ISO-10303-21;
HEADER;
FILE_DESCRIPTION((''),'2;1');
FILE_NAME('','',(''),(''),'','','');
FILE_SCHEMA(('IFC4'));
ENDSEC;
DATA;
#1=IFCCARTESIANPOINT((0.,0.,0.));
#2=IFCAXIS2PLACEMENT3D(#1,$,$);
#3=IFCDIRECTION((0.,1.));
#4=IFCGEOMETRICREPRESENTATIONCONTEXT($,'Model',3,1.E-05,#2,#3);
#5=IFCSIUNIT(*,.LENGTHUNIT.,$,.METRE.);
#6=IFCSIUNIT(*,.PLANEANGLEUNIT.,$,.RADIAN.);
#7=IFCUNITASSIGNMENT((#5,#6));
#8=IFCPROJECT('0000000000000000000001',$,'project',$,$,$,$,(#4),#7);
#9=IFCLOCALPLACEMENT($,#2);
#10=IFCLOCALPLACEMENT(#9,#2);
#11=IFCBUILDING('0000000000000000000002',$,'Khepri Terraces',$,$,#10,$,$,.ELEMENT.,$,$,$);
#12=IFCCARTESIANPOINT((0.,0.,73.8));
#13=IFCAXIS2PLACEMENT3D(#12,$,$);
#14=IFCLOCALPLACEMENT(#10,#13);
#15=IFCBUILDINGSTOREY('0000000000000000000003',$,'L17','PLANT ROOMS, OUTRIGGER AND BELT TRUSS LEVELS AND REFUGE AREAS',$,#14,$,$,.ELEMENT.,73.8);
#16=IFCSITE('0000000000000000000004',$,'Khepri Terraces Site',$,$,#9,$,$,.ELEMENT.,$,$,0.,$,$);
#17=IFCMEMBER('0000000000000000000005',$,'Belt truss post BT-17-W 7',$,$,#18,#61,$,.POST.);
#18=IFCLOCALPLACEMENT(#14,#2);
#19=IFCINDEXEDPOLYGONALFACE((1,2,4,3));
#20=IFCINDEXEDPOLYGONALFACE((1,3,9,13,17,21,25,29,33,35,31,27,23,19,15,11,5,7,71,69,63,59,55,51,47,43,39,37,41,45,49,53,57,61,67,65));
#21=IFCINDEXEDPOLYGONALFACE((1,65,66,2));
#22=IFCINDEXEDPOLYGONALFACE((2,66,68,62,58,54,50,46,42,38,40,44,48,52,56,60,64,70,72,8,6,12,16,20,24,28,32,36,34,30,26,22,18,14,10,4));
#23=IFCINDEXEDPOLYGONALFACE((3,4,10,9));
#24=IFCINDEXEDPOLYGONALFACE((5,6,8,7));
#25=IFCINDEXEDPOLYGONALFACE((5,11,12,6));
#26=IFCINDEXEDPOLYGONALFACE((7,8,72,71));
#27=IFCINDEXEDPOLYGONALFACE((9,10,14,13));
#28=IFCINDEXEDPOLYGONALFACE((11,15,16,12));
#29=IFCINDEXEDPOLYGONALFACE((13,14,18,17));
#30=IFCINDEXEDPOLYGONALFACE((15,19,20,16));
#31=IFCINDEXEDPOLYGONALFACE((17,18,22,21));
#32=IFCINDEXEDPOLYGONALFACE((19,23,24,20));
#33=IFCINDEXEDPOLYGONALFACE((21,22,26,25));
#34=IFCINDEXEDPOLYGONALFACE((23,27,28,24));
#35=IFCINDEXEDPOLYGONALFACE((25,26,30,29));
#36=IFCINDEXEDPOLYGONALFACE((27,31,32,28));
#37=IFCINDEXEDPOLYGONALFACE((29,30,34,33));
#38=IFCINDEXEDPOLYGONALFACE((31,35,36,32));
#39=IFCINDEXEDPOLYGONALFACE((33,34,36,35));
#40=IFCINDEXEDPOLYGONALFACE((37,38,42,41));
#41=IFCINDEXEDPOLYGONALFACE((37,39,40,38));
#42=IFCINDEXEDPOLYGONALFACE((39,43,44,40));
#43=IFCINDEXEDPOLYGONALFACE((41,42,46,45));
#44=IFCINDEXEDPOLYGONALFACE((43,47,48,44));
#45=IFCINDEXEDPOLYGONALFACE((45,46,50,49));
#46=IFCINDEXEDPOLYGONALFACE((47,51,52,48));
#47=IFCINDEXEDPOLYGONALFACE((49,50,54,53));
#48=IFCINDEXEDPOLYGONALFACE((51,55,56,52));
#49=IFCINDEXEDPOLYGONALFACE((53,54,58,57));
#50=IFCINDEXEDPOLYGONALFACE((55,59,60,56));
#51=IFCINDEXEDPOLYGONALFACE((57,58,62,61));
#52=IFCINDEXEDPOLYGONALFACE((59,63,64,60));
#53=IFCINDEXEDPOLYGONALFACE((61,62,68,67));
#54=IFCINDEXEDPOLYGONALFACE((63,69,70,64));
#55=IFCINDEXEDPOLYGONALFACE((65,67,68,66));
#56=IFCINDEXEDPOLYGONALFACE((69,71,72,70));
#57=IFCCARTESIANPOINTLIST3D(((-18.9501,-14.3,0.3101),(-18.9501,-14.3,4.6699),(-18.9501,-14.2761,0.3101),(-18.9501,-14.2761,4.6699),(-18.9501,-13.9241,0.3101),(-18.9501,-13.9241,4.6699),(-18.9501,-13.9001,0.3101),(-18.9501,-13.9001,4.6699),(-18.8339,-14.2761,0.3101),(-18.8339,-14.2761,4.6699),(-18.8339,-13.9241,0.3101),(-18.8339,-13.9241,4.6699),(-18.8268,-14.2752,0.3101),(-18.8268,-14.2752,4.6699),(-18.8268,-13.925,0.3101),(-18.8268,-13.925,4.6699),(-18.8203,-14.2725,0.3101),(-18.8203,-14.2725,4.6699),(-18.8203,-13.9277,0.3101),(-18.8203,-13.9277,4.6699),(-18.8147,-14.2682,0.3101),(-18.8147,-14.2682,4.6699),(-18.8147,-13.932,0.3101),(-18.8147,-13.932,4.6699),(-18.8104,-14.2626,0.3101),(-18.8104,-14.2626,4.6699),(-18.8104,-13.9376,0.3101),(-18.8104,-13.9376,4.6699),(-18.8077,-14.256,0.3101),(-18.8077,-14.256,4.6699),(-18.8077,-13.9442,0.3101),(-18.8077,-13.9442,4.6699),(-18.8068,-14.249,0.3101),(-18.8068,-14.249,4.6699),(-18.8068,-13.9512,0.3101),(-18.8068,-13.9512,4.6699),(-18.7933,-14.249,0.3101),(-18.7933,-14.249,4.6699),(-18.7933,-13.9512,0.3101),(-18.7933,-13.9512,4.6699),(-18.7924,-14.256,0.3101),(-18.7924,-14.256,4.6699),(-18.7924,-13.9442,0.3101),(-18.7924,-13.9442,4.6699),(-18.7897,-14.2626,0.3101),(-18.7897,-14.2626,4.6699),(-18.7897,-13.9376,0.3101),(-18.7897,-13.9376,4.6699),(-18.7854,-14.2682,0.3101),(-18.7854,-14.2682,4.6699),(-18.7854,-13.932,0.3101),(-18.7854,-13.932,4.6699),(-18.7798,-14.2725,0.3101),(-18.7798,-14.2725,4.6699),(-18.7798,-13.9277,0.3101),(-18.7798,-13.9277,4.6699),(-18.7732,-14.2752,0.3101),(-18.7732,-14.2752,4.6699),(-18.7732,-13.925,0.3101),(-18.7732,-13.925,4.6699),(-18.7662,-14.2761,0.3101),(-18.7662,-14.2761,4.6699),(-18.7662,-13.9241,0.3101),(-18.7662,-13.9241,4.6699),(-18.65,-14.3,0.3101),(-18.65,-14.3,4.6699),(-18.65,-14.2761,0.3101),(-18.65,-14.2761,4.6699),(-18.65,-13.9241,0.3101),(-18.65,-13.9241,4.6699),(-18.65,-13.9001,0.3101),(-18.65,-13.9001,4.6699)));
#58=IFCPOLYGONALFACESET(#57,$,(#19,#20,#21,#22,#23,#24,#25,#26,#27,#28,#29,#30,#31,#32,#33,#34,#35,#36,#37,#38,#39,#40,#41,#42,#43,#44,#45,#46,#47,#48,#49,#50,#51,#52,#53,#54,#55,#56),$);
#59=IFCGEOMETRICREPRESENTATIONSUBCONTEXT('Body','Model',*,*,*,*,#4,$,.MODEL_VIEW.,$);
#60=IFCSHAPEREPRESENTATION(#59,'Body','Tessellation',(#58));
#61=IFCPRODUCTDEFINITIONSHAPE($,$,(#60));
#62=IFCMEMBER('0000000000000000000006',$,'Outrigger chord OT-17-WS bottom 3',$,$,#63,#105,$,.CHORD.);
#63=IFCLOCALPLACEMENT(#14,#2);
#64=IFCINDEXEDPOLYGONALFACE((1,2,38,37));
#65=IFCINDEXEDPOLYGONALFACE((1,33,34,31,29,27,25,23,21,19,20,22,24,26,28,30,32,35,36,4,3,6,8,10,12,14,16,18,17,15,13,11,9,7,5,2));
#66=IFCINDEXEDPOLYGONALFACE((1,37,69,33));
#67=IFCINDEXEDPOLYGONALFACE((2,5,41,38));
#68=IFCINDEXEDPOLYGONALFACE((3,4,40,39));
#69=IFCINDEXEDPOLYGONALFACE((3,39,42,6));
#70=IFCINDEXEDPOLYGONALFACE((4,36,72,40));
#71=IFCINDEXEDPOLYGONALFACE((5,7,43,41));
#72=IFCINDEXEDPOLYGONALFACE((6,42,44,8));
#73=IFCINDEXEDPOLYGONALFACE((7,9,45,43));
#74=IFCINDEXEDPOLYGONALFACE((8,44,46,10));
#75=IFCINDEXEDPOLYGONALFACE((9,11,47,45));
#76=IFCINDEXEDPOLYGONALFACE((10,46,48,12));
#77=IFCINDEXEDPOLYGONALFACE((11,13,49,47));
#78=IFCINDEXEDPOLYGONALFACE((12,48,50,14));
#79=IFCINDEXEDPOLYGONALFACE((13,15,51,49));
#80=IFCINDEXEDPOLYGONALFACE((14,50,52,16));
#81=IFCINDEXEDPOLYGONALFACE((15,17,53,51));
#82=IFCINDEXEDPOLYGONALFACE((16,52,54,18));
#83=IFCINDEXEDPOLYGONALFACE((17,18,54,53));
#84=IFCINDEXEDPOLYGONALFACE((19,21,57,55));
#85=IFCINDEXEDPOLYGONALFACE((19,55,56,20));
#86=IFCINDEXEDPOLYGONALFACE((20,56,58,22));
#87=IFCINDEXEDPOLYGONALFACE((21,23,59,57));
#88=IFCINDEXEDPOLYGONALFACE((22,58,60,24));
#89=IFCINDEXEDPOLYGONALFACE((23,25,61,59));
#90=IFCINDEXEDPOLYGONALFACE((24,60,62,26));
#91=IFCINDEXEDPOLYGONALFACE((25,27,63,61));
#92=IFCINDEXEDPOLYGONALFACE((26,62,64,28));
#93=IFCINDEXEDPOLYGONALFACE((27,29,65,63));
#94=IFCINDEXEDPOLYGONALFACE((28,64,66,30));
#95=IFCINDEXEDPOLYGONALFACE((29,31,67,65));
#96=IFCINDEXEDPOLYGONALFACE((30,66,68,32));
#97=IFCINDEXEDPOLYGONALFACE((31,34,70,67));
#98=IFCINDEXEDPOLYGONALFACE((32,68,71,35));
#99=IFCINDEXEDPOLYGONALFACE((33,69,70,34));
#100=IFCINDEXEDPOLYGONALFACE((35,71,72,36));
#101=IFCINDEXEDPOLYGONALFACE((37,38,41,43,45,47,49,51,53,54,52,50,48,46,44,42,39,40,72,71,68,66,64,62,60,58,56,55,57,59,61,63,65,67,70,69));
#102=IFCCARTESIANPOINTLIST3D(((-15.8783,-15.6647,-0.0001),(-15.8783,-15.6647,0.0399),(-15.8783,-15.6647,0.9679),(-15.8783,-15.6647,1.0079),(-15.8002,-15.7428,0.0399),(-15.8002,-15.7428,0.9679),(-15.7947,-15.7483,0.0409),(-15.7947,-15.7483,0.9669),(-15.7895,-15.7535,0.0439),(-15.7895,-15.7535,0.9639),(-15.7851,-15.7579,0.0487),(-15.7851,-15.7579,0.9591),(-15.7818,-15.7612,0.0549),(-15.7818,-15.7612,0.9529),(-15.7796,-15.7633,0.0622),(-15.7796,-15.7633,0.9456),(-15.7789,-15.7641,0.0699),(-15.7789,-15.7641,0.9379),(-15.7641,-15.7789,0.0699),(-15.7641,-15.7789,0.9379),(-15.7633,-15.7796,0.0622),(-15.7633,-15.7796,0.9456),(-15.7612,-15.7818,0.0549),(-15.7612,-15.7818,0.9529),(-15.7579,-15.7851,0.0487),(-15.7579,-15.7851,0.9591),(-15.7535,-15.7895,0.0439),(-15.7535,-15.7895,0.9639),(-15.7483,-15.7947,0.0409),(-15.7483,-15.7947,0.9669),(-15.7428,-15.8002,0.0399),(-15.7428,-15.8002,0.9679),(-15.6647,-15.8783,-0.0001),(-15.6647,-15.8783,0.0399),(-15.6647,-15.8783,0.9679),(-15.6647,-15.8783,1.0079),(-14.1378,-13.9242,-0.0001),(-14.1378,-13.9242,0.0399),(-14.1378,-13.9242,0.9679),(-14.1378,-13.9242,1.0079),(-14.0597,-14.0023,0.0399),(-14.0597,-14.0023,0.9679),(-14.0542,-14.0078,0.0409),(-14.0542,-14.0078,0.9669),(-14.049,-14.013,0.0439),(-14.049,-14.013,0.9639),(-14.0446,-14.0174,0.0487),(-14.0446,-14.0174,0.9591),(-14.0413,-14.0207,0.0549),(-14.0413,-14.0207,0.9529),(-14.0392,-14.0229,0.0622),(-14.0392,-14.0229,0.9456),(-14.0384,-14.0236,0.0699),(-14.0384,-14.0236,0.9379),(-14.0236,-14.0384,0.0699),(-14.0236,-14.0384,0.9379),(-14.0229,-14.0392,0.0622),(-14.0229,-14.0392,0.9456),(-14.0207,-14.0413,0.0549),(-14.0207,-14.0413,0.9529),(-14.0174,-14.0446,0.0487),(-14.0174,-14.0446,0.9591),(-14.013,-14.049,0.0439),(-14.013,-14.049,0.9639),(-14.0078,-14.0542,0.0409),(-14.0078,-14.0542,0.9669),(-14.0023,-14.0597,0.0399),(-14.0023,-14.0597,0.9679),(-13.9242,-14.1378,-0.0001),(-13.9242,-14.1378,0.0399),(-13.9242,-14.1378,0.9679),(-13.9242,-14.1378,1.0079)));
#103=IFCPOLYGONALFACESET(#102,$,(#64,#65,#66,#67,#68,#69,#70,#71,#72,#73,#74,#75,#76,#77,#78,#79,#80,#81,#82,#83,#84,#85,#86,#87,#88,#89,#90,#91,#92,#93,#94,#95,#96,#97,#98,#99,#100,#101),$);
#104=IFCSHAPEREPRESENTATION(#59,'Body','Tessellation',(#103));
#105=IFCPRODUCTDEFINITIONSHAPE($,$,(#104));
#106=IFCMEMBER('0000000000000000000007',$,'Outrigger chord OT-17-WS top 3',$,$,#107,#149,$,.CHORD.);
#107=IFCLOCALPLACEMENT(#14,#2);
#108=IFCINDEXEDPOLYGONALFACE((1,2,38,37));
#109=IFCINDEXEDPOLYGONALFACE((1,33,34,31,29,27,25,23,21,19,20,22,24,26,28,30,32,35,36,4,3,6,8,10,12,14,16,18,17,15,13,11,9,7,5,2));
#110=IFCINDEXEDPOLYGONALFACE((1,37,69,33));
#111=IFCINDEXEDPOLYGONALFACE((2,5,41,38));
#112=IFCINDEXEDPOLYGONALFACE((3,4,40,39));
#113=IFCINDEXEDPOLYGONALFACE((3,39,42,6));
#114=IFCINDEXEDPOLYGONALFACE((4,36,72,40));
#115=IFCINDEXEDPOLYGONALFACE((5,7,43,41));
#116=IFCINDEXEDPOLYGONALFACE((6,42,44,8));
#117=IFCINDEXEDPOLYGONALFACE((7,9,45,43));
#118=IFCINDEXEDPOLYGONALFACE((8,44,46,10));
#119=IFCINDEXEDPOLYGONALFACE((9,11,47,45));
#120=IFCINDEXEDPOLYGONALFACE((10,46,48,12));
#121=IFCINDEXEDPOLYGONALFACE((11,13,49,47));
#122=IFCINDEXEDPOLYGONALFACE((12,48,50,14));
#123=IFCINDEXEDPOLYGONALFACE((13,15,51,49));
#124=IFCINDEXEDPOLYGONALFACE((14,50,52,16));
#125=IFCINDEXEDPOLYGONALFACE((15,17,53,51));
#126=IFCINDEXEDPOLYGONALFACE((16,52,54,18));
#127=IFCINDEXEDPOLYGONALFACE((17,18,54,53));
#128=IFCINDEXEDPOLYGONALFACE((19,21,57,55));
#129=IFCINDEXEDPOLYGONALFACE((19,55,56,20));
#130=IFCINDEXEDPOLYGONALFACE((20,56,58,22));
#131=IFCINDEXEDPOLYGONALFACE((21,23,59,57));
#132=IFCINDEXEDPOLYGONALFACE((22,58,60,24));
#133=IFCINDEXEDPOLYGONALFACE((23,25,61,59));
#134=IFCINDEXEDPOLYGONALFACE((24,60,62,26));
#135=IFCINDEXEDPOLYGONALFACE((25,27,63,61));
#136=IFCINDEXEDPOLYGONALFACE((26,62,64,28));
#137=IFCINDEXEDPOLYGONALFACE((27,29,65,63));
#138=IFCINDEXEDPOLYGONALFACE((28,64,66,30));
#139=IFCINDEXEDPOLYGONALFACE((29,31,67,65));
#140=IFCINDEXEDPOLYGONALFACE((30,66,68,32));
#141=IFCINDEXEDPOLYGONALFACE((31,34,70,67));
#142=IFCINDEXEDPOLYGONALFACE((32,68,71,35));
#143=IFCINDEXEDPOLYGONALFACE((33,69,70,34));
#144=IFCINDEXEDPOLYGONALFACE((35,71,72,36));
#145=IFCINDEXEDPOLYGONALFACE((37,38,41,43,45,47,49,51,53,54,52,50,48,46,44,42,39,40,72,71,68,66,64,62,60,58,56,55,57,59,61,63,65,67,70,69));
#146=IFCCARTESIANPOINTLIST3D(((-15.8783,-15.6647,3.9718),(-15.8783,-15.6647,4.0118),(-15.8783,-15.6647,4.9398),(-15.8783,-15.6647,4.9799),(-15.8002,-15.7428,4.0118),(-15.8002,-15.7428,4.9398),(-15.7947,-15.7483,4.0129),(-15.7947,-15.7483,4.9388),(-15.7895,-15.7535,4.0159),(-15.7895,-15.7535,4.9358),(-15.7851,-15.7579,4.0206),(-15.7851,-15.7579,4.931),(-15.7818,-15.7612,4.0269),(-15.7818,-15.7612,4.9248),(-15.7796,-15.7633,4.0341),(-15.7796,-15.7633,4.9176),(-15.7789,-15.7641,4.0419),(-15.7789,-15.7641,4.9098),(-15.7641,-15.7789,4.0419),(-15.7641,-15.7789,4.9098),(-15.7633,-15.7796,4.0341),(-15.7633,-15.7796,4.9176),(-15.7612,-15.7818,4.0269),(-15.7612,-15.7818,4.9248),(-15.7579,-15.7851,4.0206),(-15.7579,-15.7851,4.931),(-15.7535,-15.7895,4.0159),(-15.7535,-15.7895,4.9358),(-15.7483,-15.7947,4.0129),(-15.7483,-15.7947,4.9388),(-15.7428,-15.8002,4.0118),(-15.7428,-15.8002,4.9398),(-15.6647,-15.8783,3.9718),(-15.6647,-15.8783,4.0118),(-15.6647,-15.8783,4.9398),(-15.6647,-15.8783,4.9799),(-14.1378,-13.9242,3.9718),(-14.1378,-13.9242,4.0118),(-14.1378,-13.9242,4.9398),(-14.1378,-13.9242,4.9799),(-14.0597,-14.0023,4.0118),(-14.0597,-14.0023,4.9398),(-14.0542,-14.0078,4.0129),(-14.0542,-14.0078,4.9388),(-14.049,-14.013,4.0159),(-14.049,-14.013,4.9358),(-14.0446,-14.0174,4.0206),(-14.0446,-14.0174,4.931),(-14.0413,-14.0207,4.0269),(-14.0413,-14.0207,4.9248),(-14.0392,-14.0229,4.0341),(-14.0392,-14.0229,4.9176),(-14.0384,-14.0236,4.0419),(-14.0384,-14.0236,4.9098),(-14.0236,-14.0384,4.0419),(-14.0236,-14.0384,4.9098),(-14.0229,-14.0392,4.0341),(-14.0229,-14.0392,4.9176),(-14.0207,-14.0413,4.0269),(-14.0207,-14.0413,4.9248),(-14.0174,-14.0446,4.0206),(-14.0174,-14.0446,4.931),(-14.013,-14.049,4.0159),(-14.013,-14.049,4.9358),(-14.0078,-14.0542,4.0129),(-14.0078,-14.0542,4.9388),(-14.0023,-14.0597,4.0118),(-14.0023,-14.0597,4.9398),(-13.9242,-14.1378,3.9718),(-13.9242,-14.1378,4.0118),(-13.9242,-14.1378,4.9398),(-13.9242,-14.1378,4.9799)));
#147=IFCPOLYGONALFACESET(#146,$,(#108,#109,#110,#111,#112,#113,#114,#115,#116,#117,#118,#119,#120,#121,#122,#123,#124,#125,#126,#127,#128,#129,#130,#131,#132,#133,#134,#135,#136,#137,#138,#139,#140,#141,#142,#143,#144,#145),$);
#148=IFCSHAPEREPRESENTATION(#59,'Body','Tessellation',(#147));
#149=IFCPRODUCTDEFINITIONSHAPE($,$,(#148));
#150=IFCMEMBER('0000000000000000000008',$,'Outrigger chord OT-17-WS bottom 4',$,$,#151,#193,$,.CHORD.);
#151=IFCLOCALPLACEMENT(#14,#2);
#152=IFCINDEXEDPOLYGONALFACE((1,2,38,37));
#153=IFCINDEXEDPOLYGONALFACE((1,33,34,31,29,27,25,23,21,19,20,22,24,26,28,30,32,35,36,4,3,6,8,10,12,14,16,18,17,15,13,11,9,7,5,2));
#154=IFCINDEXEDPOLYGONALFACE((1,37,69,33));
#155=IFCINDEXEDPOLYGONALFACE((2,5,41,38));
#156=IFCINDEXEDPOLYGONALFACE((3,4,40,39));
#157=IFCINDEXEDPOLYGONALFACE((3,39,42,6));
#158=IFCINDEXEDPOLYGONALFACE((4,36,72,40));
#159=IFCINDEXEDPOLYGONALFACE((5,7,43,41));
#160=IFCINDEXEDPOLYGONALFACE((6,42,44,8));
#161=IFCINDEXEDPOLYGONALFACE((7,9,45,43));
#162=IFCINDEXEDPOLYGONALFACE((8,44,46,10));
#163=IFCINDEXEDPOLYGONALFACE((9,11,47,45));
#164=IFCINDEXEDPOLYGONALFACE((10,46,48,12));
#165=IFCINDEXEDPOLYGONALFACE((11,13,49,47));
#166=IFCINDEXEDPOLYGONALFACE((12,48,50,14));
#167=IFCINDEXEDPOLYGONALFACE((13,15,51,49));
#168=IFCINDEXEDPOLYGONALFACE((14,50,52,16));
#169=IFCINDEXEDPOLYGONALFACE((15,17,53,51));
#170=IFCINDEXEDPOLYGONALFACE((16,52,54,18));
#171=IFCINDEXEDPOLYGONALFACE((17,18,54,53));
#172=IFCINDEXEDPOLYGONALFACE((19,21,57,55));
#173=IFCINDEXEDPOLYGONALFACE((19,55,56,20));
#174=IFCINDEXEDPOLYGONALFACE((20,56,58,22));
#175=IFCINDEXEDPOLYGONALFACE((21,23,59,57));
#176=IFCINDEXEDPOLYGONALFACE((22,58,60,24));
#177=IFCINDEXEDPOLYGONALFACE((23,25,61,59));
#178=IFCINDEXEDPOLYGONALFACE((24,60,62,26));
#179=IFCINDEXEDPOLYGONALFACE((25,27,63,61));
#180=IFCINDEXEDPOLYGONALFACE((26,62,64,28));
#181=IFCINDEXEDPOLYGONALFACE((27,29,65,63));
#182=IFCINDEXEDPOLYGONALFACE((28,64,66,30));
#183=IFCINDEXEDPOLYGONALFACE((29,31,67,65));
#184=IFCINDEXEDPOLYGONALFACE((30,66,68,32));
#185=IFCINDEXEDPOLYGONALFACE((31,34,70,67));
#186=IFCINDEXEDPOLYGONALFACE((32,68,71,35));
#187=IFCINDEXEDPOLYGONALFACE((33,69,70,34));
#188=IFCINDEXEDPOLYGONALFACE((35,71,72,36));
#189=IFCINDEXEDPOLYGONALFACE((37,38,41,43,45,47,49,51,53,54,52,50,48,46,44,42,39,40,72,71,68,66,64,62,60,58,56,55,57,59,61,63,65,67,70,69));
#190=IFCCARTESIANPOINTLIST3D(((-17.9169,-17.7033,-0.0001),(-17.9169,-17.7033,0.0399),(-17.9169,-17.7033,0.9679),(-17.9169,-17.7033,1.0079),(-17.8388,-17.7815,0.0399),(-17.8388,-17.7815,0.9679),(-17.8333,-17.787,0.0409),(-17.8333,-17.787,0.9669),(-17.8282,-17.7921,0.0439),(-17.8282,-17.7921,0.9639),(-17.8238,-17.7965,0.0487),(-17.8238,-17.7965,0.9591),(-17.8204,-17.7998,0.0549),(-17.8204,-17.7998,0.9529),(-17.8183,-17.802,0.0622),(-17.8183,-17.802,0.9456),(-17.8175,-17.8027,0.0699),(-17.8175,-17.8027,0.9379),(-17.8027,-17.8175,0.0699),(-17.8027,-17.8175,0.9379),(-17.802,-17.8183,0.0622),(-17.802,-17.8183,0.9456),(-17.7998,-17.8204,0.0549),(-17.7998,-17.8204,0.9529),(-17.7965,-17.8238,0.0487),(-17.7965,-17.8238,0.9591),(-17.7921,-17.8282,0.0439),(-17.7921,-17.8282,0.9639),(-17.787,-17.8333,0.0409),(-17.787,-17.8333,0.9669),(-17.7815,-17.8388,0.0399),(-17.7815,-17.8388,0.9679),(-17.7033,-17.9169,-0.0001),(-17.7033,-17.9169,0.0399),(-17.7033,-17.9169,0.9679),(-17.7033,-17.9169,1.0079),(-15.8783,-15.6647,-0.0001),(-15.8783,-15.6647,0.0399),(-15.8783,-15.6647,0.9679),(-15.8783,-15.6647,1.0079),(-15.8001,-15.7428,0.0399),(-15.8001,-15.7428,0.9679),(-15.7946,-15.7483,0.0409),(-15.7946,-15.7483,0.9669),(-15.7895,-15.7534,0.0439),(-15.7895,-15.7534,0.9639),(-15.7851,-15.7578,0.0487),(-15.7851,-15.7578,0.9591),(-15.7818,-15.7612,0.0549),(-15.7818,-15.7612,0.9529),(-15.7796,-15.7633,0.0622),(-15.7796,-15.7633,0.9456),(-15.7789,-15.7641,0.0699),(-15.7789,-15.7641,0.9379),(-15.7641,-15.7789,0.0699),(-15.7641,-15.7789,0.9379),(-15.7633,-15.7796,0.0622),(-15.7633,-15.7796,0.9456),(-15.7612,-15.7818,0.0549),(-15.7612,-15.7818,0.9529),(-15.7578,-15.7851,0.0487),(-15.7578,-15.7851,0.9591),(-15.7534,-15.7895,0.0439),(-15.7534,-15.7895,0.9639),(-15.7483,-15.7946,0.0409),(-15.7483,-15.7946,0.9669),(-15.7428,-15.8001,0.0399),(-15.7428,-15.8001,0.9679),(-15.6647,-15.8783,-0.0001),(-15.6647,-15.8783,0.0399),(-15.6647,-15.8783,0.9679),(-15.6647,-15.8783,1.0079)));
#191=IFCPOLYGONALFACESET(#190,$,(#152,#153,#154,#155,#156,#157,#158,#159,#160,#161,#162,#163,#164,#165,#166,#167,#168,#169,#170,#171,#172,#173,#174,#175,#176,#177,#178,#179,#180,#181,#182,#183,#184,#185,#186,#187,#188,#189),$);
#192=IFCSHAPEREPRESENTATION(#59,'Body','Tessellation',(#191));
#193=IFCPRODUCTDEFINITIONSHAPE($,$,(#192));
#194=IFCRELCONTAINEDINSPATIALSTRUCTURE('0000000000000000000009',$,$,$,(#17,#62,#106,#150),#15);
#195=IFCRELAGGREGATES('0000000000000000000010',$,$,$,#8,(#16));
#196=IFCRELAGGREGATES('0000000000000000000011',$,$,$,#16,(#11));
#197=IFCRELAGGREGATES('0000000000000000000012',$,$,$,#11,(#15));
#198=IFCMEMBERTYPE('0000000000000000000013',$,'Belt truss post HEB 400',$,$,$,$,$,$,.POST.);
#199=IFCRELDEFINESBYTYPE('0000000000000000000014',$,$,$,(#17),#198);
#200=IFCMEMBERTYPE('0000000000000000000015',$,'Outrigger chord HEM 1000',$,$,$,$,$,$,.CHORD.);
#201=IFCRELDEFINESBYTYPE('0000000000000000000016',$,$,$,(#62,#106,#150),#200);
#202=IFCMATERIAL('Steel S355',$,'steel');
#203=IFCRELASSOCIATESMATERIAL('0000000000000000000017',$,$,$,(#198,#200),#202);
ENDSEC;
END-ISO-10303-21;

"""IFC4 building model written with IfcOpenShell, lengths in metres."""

from ifc_helpers import new_model, si_unit, direction, frame, origin, origin_2d, place, context, subcontext, project, spatial, i_section, extrude, material, material_profile, profile_set, type_object, element, save


model = new_model("IFC4")

# Units and contexts
model_context = context("Model", 3, precision=1e-05, world=origin(), true_north=direction((0.0, 1.0)))
body_context = subcontext(model_context, "Body", "Model", "MODEL_VIEW")
ifc_project = project(units=[si_unit("LENGTHUNIT", "METRE"), si_unit("PLANEANGLEUNIT", "RADIAN")], contexts=[model_context])

# Site, building, storey
site_placement = place(None, origin())
site = spatial("IfcSite", under=ifc_project, at=site_placement, Name="Khepri Terraces Site", CompositionType="ELEMENT", RefElevation=0.0)
building_placement = place(site_placement, origin())
building = spatial("IfcBuilding", under=site, at=building_placement, Name="Khepri Terraces", CompositionType="ELEMENT")
storey_placement = place(building_placement, frame((0.0, 0.0, 73.8)))
storey = spatial("IfcBuildingStorey", under=building, at=storey_placement, Name="L17", Description="PLANT ROOMS, OUTRIGGER AND BELT TRUSS LEVELS AND REFUGE AREAS", CompositionType="ELEMENT", Elevation=73.8)

# Members
ifc_material_1 = material(Name="Steel S355", Category="steel")
ifc_material_profile_1 = material_profile(ifc_material_1, i_section(OverallWidth=0.3, OverallDepth=0.3999, WebThickness=0.0134, FlangeThickness=0.0239, FilletRadius=0.0271, at=origin_2d()), Name="Steel S355", Category="steel")
ifc_profile_set_1 = profile_set([ifc_material_profile_1], Name="Steel S355")
member_type_1 = type_object("IfcMemberType", Name="Belt truss post HEB 400", PredefinedType="POST", material=ifc_profile_set_1)
for number, where, z_axis, x_axis, name in (
    (1, (-18.8, -14.1001, 0.3101), (0.0, 0.0, 1.0), (1.0, 0.0, 0.0), "Belt truss post BT-17-W 7"),
):
    element("IfcMember", number, at=place(storey_placement, frame(where, z_axis=z_axis, x_axis=x_axis)), inside=storey, type_object=member_type_1, Name=name, PredefinedType="POST", context=body_context, shape_type="SweptSolid", body=[
        extrude(i_section(OverallWidth=0.3, OverallDepth=0.3999, WebThickness=0.0134, FlangeThickness=0.0239, FilletRadius=0.0271, at=origin_2d()), origin(), (0.0, 0.0, 1.0), 4.3599),
    ])
ifc_material_profile_2 = material_profile(ifc_material_1, i_section(OverallWidth=0.302, OverallDepth=1.0081, WebThickness=0.021, FlangeThickness=0.04, FilletRadius=0.03, at=origin_2d()), Name="Steel S355", Category="steel")
ifc_profile_set_2 = profile_set([ifc_material_profile_2], Name="Steel S355")
member_type_2 = type_object("IfcMemberType", Name="Outrigger chord HEM 1000", PredefinedType="CHORD", material=ifc_profile_set_2)
for number, where, z_axis, x_axis, name in (
    (2, (-14.031, -14.031, 0.5039), (-0.707107, -0.707107, 0.0), (0.707107, -0.707107, 0.0), "Outrigger chord OT-17-WS bottom 3"),
    (3, (-14.031, -14.031, 4.4758), (-0.707107, -0.707107, 0.0), (0.707107, -0.707107, 0.0), "Outrigger chord OT-17-WS top 3"),
):
    element("IfcMember", number, at=place(storey_placement, frame(where, z_axis=z_axis, x_axis=x_axis)), inside=storey, type_object=member_type_2, Name=name, PredefinedType="CHORD", context=body_context, shape_type="SweptSolid", body=[
        extrude(i_section(OverallWidth=0.302, OverallDepth=1.0081, WebThickness=0.021, FlangeThickness=0.04, FilletRadius=0.03, at=origin_2d()), origin(), (0.0, 0.0, 1.0), 2.4614),
    ])
for number, where, z_axis, x_axis, name in (
    (4, (-15.7715, -15.7715, 0.5039), (-0.707107, -0.707107, 0.0), (0.707107, -0.707107, 0.0), "Outrigger chord OT-17-WS bottom 4"),
):
    element("IfcMember", number, at=place(storey_placement, frame(where, z_axis=z_axis, x_axis=x_axis)), inside=storey, type_object=member_type_2, Name=name, PredefinedType="CHORD", context=body_context, shape_type="SweptSolid", body=[
        extrude(i_section(OverallWidth=0.302, OverallDepth=1.0081, WebThickness=0.021, FlangeThickness=0.04, FilletRadius=0.03, at=origin_2d()), origin(), (0.0, 0.0, 1.0), 2.8831),
    ])

save(model, "model.ifc")
